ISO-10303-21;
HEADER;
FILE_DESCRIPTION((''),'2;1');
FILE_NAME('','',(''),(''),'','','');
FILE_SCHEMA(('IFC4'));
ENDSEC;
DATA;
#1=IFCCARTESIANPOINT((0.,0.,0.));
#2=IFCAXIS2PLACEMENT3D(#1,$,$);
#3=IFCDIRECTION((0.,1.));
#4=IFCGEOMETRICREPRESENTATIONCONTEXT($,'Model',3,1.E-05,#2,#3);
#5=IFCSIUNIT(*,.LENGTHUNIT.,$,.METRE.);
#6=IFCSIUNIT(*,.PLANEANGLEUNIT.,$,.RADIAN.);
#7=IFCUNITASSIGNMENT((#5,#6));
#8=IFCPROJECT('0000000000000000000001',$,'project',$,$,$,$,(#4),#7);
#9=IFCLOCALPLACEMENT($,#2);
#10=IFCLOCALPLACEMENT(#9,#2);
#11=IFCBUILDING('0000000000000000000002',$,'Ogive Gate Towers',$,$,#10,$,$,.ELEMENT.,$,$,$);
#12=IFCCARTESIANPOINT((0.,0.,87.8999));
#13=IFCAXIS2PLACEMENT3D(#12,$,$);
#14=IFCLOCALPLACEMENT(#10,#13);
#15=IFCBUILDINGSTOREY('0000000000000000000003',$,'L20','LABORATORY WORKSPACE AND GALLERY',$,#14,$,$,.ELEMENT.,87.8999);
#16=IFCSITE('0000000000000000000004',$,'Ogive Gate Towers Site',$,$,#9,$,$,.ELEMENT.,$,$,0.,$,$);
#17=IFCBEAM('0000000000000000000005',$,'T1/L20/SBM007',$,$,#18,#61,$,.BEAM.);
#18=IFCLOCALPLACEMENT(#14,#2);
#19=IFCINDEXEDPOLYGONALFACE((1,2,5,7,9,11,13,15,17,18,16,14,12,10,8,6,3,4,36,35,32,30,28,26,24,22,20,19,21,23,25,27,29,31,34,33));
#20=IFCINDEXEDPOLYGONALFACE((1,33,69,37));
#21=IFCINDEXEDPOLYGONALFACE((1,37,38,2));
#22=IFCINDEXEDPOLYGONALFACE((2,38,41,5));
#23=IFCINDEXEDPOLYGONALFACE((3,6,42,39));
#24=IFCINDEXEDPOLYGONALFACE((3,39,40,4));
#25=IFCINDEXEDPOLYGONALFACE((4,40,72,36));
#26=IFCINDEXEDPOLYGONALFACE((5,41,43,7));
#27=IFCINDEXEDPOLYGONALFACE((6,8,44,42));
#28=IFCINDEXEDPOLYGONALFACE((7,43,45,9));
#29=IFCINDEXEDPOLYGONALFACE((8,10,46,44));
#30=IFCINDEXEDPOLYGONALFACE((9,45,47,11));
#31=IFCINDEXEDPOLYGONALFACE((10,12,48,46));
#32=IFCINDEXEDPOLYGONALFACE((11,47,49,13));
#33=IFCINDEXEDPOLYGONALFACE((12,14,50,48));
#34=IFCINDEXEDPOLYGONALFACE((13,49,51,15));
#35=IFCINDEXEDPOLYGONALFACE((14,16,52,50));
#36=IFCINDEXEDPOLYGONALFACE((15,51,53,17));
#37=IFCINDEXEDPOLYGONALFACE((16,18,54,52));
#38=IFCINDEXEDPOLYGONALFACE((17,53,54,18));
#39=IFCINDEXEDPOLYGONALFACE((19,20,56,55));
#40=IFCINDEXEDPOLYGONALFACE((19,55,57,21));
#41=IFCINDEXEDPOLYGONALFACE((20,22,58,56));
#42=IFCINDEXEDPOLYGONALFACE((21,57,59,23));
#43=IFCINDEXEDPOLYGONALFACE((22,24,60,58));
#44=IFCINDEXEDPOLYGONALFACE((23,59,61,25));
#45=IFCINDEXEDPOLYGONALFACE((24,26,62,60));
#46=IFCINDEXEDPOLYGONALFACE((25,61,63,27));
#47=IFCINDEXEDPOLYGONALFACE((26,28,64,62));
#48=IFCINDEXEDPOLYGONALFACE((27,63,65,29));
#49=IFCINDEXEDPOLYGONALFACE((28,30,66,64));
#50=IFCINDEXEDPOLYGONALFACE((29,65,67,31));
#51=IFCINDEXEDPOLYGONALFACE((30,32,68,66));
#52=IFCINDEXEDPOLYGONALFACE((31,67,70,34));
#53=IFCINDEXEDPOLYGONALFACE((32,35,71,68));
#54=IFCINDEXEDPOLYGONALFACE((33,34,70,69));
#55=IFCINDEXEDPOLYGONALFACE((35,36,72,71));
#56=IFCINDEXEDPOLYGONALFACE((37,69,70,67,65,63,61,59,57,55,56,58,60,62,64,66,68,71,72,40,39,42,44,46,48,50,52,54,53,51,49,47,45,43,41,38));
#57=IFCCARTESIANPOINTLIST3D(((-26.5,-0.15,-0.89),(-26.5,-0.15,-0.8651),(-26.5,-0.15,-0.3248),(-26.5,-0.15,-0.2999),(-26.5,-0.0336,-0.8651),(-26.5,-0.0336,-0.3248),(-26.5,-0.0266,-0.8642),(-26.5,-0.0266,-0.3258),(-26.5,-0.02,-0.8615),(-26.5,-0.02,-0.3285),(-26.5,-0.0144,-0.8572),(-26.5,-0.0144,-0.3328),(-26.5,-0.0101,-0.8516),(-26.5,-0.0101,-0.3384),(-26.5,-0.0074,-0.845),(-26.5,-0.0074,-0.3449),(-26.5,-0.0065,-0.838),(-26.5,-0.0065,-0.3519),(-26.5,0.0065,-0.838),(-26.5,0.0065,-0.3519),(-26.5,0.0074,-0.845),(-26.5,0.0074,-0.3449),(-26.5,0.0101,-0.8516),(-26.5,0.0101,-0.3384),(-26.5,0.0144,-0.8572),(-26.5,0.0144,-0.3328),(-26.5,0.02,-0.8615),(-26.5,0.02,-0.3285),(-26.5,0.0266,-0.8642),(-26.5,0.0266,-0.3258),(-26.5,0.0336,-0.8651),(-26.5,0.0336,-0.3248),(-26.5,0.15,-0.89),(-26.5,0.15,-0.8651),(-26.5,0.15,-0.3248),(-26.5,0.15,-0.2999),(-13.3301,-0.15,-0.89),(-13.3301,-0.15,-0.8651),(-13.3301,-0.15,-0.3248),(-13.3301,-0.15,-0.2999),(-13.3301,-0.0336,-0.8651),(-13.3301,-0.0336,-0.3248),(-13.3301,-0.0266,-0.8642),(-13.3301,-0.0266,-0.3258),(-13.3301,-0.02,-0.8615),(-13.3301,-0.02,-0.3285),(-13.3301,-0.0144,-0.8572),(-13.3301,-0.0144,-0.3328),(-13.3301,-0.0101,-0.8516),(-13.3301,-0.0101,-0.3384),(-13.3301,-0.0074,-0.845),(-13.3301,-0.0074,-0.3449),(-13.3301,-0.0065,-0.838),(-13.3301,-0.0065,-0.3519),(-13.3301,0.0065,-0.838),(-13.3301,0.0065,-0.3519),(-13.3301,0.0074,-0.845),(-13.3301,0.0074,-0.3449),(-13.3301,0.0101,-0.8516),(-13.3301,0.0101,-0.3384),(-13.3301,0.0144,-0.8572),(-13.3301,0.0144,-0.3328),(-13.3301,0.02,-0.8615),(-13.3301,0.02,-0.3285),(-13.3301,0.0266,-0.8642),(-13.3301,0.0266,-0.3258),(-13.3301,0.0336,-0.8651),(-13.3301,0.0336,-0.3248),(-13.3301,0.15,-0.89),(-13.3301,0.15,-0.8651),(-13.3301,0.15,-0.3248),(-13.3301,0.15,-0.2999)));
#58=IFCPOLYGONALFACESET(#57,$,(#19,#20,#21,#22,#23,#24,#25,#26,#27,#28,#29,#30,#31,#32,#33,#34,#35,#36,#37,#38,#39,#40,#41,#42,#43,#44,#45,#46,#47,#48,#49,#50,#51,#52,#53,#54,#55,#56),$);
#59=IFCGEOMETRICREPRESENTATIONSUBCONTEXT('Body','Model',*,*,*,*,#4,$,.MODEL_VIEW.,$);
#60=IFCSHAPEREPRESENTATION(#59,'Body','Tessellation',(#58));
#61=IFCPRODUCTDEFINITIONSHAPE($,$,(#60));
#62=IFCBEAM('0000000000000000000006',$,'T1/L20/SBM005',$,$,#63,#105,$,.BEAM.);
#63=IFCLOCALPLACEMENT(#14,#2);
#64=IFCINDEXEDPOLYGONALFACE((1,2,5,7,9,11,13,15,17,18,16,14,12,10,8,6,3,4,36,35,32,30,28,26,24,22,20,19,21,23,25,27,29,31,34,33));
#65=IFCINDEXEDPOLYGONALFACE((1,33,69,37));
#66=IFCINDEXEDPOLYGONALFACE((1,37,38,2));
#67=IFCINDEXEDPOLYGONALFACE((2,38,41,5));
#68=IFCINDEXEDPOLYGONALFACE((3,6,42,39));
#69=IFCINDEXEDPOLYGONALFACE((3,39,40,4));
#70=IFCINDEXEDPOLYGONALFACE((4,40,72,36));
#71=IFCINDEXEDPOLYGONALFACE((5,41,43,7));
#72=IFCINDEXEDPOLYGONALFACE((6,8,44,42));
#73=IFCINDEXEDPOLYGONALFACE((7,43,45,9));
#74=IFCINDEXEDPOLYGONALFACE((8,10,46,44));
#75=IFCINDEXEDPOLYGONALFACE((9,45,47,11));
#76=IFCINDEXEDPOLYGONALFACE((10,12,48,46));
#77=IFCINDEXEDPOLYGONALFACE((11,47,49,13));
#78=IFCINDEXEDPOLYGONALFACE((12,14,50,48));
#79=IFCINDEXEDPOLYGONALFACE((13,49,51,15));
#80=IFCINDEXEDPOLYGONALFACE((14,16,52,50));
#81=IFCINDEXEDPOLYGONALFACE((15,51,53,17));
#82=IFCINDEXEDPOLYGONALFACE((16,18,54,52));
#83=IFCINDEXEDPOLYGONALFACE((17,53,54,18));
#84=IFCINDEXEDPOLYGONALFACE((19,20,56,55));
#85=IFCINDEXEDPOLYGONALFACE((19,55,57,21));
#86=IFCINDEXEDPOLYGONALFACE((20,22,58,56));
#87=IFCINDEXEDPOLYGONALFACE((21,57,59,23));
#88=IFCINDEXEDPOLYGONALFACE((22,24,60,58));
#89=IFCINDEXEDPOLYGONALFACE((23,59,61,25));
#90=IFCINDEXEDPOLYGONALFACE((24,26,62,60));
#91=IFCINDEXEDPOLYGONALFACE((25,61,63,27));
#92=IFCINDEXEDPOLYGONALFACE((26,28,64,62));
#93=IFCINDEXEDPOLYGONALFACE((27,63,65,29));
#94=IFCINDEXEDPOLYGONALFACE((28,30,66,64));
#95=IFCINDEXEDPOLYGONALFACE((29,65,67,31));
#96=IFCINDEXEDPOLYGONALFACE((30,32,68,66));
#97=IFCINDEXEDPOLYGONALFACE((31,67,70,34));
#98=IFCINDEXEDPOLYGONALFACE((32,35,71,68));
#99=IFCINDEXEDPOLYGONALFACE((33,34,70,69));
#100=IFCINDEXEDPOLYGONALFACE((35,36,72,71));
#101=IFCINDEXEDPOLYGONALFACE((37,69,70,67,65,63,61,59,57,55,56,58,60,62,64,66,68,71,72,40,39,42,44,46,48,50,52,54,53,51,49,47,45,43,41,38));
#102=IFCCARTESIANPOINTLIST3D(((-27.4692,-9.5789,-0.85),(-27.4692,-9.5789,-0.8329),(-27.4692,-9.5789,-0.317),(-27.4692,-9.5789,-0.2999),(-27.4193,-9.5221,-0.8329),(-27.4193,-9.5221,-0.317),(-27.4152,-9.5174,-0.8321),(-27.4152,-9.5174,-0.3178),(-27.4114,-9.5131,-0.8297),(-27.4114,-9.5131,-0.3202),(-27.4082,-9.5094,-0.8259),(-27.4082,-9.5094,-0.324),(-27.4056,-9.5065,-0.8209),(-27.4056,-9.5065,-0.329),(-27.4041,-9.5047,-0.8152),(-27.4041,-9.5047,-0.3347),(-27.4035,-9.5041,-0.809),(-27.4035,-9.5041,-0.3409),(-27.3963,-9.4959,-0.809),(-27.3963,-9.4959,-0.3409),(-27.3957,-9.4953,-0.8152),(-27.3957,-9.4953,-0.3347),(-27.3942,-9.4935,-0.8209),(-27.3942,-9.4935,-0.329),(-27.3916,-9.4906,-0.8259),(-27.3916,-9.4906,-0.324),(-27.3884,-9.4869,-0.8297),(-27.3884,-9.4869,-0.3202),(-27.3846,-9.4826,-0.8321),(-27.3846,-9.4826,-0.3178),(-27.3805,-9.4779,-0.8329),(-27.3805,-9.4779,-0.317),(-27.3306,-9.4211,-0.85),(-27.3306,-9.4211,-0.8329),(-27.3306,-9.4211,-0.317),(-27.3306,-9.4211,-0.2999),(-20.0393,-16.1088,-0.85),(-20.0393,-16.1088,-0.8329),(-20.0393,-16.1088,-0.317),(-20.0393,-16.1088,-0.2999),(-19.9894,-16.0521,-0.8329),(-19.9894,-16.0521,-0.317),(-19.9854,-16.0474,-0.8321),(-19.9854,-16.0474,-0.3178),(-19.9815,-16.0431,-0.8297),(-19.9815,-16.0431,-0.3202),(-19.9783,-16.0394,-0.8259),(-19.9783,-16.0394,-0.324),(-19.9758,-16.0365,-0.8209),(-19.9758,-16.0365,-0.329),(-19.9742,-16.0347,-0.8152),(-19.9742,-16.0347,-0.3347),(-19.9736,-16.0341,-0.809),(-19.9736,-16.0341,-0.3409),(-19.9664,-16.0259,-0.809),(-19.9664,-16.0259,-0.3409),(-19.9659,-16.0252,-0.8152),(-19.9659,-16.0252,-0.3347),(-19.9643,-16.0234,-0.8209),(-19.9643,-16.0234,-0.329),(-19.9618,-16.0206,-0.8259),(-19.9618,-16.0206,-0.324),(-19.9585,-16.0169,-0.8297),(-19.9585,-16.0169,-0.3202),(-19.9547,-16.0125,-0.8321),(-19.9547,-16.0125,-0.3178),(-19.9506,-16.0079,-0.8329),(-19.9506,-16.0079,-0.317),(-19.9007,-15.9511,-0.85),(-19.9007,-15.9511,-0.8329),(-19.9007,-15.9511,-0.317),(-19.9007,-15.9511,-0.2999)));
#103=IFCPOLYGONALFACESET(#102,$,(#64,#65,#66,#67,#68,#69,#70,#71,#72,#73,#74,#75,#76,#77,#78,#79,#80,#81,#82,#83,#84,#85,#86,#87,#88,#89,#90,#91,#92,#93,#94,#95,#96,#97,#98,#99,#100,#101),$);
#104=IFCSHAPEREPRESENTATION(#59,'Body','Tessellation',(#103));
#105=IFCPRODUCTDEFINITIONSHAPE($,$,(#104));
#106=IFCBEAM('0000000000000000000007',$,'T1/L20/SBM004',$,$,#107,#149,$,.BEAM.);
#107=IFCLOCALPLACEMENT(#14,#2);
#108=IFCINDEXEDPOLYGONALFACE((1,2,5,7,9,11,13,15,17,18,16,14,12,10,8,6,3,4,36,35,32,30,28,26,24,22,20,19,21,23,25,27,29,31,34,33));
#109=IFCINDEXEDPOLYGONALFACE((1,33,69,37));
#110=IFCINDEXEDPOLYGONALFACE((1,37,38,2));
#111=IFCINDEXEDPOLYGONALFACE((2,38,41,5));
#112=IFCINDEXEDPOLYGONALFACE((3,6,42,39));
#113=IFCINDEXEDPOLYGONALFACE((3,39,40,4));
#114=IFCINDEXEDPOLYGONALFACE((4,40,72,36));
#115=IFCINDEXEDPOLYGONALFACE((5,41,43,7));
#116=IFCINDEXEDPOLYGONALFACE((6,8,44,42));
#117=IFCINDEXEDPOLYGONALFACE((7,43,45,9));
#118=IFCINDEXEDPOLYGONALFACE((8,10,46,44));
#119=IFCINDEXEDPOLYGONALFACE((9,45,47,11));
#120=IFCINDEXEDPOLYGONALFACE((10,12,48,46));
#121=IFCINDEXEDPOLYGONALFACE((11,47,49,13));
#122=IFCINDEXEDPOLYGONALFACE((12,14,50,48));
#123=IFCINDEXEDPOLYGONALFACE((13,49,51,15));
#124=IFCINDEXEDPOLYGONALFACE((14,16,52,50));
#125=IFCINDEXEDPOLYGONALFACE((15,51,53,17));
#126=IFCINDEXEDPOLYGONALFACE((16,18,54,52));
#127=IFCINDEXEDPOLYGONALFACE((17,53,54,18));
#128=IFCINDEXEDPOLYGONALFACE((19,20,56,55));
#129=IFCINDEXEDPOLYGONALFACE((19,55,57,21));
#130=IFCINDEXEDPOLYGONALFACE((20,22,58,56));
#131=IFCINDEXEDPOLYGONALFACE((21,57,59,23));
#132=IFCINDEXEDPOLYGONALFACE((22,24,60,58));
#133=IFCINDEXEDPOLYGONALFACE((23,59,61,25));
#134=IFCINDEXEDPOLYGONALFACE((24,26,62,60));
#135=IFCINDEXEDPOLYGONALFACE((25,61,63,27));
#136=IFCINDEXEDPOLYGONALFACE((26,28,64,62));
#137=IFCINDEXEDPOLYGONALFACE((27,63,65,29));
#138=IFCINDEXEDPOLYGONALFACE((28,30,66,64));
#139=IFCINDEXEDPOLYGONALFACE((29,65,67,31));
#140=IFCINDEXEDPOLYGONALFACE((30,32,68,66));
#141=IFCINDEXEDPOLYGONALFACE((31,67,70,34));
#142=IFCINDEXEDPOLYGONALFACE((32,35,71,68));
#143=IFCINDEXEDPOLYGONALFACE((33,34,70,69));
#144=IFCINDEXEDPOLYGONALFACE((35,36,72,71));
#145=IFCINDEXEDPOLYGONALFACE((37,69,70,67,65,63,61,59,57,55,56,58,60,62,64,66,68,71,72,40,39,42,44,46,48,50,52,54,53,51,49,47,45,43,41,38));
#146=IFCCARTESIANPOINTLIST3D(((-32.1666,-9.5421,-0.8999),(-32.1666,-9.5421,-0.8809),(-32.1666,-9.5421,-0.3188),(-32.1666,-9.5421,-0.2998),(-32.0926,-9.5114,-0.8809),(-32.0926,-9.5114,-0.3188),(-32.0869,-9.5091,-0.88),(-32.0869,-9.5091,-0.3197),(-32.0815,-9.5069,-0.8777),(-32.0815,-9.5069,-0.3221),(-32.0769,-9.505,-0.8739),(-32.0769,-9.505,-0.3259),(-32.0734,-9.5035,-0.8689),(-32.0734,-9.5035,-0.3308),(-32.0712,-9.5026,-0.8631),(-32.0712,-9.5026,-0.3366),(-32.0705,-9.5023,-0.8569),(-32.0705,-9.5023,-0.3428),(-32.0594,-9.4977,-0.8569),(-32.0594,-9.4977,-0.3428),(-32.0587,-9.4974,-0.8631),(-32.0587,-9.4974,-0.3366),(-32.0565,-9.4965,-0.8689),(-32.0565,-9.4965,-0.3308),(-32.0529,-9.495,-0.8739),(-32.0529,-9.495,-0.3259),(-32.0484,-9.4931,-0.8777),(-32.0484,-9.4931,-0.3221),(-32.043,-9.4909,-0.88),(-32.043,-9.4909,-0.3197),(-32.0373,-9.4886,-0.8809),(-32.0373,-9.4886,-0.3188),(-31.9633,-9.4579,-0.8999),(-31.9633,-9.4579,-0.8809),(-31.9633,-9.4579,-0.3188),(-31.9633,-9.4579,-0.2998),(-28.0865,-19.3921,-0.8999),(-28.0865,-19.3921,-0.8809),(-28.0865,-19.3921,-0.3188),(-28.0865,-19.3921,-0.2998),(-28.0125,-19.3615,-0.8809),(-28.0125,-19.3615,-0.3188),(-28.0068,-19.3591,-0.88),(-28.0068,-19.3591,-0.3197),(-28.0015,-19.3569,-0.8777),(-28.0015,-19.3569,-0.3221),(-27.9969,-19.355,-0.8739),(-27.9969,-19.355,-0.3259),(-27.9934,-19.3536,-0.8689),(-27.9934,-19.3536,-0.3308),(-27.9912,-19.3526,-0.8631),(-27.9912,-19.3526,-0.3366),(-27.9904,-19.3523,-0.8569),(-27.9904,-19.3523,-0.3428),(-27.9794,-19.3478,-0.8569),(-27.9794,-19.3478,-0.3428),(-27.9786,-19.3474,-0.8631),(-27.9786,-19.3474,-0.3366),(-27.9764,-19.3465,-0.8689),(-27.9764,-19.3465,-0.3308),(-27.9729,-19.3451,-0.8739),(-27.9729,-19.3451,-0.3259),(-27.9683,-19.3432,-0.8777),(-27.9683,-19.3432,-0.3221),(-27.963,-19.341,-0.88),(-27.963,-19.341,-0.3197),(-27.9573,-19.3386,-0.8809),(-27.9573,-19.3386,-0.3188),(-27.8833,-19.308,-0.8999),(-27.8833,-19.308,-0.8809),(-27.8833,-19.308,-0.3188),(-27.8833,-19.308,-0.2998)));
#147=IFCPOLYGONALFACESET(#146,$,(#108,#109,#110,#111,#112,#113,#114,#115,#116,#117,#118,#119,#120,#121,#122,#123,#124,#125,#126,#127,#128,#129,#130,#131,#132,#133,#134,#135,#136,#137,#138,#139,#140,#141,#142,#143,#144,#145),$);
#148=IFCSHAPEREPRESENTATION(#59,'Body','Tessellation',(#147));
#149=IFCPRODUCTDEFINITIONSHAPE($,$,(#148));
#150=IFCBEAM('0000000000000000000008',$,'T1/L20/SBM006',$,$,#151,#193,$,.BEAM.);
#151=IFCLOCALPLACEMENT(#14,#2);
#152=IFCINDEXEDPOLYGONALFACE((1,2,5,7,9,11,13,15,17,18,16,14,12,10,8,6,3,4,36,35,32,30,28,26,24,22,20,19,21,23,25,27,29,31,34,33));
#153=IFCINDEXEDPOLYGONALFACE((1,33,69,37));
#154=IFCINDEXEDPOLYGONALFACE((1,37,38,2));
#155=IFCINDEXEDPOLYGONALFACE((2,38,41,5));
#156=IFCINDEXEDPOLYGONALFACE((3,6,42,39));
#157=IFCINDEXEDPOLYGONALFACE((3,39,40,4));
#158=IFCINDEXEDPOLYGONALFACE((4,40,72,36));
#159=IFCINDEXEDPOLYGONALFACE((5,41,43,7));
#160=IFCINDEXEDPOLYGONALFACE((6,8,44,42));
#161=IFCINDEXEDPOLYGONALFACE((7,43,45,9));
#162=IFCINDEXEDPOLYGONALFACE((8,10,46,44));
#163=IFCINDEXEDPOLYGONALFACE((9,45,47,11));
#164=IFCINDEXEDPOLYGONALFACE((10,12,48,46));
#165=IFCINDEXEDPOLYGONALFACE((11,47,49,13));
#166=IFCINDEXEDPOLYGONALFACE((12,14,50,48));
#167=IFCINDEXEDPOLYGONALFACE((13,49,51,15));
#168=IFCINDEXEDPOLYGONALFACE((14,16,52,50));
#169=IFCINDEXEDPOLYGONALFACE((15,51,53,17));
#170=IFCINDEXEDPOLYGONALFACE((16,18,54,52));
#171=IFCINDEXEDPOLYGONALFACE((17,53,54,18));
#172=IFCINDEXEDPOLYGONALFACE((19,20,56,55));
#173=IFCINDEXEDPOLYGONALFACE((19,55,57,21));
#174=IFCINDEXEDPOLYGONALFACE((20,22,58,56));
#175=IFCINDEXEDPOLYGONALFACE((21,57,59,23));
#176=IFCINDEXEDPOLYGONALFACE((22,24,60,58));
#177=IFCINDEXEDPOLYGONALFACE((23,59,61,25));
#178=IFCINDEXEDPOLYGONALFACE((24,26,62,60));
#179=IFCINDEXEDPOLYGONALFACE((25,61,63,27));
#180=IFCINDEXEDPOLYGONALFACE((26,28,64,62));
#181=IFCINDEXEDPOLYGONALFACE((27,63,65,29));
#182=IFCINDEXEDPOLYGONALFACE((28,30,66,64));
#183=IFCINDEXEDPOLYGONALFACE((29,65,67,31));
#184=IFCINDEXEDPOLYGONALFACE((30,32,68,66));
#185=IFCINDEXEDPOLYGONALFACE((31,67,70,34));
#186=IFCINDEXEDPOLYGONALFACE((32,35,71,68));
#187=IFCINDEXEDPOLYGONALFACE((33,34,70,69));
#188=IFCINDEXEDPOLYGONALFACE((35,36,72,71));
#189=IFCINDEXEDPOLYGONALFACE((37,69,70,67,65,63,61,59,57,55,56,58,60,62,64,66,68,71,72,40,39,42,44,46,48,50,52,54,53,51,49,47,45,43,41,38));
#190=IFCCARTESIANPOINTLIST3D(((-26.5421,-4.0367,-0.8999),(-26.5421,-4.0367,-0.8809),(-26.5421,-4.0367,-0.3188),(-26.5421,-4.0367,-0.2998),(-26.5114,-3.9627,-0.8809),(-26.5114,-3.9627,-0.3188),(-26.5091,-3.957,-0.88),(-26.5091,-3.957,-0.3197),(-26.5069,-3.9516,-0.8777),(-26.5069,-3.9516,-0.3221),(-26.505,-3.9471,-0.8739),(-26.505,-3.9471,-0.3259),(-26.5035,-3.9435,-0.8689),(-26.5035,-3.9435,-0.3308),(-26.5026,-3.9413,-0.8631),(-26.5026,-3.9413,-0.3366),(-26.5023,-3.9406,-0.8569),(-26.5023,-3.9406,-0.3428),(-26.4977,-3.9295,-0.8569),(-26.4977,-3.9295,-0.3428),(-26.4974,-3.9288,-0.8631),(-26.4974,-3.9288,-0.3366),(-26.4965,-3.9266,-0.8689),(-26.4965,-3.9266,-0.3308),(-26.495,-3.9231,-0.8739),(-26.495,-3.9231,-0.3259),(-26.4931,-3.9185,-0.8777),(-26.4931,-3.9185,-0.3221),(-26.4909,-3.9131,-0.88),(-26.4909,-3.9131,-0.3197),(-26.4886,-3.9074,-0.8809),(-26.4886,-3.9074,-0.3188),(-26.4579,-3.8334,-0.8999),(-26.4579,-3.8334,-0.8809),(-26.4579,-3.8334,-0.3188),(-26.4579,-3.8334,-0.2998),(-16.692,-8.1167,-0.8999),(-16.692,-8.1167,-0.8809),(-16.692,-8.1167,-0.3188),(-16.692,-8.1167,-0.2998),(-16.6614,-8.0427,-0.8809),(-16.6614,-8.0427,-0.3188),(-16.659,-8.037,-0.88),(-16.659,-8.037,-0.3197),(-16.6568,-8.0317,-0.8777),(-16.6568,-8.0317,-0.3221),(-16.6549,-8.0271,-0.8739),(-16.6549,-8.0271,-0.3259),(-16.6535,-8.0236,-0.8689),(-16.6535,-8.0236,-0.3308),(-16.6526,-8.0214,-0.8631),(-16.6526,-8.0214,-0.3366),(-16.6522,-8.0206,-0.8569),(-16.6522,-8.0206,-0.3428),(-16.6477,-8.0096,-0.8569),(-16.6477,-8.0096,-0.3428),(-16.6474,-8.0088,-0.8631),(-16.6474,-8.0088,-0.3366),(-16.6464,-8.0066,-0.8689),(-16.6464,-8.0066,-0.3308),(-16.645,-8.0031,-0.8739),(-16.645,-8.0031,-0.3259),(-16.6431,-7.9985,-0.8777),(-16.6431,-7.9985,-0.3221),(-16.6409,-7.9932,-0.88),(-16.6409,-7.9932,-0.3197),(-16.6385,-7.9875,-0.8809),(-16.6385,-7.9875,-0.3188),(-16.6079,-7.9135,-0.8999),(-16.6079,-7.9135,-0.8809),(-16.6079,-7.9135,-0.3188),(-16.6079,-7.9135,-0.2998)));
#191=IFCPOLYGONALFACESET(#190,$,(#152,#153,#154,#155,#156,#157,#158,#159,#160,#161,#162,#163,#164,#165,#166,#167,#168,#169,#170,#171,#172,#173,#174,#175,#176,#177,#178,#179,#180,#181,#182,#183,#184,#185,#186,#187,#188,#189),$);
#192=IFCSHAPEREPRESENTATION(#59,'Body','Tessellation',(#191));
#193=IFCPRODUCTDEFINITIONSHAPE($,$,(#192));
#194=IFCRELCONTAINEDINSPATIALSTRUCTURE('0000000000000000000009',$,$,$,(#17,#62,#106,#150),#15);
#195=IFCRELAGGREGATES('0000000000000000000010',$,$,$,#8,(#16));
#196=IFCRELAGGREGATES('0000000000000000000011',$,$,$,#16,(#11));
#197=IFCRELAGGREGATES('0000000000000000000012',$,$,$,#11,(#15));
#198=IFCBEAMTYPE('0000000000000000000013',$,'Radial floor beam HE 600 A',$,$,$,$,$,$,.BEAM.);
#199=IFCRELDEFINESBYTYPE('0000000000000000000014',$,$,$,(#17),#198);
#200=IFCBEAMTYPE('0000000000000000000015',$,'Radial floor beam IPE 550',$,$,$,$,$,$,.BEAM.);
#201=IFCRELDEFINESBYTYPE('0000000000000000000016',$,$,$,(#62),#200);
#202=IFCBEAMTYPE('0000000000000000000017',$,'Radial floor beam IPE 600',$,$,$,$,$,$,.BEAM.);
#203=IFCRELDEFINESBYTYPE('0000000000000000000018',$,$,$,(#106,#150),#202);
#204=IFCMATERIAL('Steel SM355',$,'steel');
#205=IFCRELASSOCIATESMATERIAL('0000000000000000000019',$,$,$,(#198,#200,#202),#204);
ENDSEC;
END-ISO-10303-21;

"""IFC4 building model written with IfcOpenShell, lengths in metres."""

from ifc_helpers import new_model, si_unit, direction, frame, origin, origin_2d, place, context, subcontext, project, spatial, i_section, extrude, material, material_profile, profile_set, type_object, element, save


model = new_model("IFC4")

# Units and contexts
model_context = context("Model", 3, precision=1e-05, world=origin(), true_north=direction((0.0, 1.0)))
body_context = subcontext(model_context, "Body", "Model", "MODEL_VIEW")
ifc_project = project(units=[si_unit("LENGTHUNIT", "METRE"), si_unit("PLANEANGLEUNIT", "RADIAN")], contexts=[model_context])

# Site, building, storey
site_placement = place(None, origin())
site = spatial("IfcSite", under=ifc_project, at=site_placement, Name="Ogive Gate Towers Site", CompositionType="ELEMENT", RefElevation=0.0)
building_placement = place(site_placement, origin())
building = spatial("IfcBuilding", under=site, at=building_placement, Name="Ogive Gate Towers", CompositionType="ELEMENT")
storey_placement = place(building_placement, frame((0.0, 0.0, 87.8999)))
storey = spatial("IfcBuildingStorey", under=building, at=storey_placement, Name="L20", Description="LABORATORY WORKSPACE AND GALLERY", CompositionType="ELEMENT", Elevation=87.8999)

# Beams
ifc_material_1 = material(Name="Steel SM355", Category="steel")
ifc_material_profile_1 = material_profile(ifc_material_1, i_section(OverallWidth=0.3, OverallDepth=0.5901, WebThickness=0.0129, FlangeThickness=0.0249, FilletRadius=0.0271, at=origin_2d()), Name="HE 600 A")
ifc_profile_set_1 = profile_set([ifc_material_profile_1], Name="Steel SM355")
beam_type_1 = type_object("IfcBeamType", Name="Radial floor beam HE 600 A", PredefinedType="BEAM", material=ifc_profile_set_1)
beam_1_placement = place(storey_placement, frame((-26.5, 0.0, -0.595), z_axis=(1.0, 0.0, 0.0), x_axis=(0.0, 1.0, 0.0)))
element("IfcBeam", 1, at=beam_1_placement, inside=storey, type_object=beam_type_1, Name="T1/L20/SBM007", PredefinedType="BEAM", context=body_context, shape_type="SweptSolid", body=[
    extrude(i_section(OverallWidth=0.3, OverallDepth=0.5901, WebThickness=0.0129, FlangeThickness=0.0249, FilletRadius=0.0271, at=origin_2d()), origin(), (0.0, 0.0, 1.0), 13.1699),
])
ifc_material_profile_2 = material_profile(ifc_material_1, i_section(OverallWidth=0.21, OverallDepth=0.55, WebThickness=0.011, FlangeThickness=0.0171, FilletRadius=0.0239, at=origin_2d()), Name="IPE 550")
ifc_profile_set_2 = profile_set([ifc_material_profile_2], Name="Steel SM355")
beam_type_2 = type_object("IfcBeamType", Name="Radial floor beam IPE 550", PredefinedType="BEAM", material=ifc_profile_set_2)
beam_2_placement = place(storey_placement, frame((-27.3999, -9.5, -0.575), z_axis=(0.75113, -0.660154, 0.0), x_axis=(0.660154, 0.75113, 0.0)))
element("IfcBeam", 2, at=beam_2_placement, inside=storey, type_object=beam_type_2, Name="T1/L20/SBM005", PredefinedType="BEAM", context=body_context, shape_type="SweptSolid", body=[
    extrude(i_section(OverallWidth=0.21, OverallDepth=0.55, WebThickness=0.011, FlangeThickness=0.0171, FilletRadius=0.0239, at=origin_2d()), origin(), (0.0, 0.0, 1.0), 9.8916),
])
ifc_material_profile_3 = material_profile(ifc_material_1, i_section(OverallWidth=0.22, OverallDepth=0.6001, WebThickness=0.012, FlangeThickness=0.019, FilletRadius=0.0239, at=origin_2d()), Name="IPE 600")
ifc_profile_set_3 = profile_set([ifc_material_profile_3], Name="Steel SM355")
beam_type_3 = type_object("IfcBeamType", Name="Radial floor beam IPE 600", PredefinedType="BEAM", material=ifc_profile_set_3)
for number, where, z_axis, x_axis, name in (
    (3, (-32.0649, -9.5, -0.5999), (0.382686, -0.923878, 0.0), (0.923878, 0.382686, 0.0), "T1/L20/SBM004"),
    (4, (-26.5, -3.9351, -0.5999), (0.923878, -0.382686, 0.0), (0.382686, 0.923878, 0.0), "T1/L20/SBM006"),
):
    element("IfcBeam", number, at=place(storey_placement, frame(where, z_axis=z_axis, x_axis=x_axis)), inside=storey, type_object=beam_type_3, Name=name, PredefinedType="BEAM", context=body_context, shape_type="SweptSolid", body=[
        extrude(i_section(OverallWidth=0.22, OverallDepth=0.6001, WebThickness=0.012, FlangeThickness=0.019, FilletRadius=0.0239, at=origin_2d()), origin(), (0.0, 0.0, 1.0), 10.6616),
    ])

save(model, "model.ifc")
